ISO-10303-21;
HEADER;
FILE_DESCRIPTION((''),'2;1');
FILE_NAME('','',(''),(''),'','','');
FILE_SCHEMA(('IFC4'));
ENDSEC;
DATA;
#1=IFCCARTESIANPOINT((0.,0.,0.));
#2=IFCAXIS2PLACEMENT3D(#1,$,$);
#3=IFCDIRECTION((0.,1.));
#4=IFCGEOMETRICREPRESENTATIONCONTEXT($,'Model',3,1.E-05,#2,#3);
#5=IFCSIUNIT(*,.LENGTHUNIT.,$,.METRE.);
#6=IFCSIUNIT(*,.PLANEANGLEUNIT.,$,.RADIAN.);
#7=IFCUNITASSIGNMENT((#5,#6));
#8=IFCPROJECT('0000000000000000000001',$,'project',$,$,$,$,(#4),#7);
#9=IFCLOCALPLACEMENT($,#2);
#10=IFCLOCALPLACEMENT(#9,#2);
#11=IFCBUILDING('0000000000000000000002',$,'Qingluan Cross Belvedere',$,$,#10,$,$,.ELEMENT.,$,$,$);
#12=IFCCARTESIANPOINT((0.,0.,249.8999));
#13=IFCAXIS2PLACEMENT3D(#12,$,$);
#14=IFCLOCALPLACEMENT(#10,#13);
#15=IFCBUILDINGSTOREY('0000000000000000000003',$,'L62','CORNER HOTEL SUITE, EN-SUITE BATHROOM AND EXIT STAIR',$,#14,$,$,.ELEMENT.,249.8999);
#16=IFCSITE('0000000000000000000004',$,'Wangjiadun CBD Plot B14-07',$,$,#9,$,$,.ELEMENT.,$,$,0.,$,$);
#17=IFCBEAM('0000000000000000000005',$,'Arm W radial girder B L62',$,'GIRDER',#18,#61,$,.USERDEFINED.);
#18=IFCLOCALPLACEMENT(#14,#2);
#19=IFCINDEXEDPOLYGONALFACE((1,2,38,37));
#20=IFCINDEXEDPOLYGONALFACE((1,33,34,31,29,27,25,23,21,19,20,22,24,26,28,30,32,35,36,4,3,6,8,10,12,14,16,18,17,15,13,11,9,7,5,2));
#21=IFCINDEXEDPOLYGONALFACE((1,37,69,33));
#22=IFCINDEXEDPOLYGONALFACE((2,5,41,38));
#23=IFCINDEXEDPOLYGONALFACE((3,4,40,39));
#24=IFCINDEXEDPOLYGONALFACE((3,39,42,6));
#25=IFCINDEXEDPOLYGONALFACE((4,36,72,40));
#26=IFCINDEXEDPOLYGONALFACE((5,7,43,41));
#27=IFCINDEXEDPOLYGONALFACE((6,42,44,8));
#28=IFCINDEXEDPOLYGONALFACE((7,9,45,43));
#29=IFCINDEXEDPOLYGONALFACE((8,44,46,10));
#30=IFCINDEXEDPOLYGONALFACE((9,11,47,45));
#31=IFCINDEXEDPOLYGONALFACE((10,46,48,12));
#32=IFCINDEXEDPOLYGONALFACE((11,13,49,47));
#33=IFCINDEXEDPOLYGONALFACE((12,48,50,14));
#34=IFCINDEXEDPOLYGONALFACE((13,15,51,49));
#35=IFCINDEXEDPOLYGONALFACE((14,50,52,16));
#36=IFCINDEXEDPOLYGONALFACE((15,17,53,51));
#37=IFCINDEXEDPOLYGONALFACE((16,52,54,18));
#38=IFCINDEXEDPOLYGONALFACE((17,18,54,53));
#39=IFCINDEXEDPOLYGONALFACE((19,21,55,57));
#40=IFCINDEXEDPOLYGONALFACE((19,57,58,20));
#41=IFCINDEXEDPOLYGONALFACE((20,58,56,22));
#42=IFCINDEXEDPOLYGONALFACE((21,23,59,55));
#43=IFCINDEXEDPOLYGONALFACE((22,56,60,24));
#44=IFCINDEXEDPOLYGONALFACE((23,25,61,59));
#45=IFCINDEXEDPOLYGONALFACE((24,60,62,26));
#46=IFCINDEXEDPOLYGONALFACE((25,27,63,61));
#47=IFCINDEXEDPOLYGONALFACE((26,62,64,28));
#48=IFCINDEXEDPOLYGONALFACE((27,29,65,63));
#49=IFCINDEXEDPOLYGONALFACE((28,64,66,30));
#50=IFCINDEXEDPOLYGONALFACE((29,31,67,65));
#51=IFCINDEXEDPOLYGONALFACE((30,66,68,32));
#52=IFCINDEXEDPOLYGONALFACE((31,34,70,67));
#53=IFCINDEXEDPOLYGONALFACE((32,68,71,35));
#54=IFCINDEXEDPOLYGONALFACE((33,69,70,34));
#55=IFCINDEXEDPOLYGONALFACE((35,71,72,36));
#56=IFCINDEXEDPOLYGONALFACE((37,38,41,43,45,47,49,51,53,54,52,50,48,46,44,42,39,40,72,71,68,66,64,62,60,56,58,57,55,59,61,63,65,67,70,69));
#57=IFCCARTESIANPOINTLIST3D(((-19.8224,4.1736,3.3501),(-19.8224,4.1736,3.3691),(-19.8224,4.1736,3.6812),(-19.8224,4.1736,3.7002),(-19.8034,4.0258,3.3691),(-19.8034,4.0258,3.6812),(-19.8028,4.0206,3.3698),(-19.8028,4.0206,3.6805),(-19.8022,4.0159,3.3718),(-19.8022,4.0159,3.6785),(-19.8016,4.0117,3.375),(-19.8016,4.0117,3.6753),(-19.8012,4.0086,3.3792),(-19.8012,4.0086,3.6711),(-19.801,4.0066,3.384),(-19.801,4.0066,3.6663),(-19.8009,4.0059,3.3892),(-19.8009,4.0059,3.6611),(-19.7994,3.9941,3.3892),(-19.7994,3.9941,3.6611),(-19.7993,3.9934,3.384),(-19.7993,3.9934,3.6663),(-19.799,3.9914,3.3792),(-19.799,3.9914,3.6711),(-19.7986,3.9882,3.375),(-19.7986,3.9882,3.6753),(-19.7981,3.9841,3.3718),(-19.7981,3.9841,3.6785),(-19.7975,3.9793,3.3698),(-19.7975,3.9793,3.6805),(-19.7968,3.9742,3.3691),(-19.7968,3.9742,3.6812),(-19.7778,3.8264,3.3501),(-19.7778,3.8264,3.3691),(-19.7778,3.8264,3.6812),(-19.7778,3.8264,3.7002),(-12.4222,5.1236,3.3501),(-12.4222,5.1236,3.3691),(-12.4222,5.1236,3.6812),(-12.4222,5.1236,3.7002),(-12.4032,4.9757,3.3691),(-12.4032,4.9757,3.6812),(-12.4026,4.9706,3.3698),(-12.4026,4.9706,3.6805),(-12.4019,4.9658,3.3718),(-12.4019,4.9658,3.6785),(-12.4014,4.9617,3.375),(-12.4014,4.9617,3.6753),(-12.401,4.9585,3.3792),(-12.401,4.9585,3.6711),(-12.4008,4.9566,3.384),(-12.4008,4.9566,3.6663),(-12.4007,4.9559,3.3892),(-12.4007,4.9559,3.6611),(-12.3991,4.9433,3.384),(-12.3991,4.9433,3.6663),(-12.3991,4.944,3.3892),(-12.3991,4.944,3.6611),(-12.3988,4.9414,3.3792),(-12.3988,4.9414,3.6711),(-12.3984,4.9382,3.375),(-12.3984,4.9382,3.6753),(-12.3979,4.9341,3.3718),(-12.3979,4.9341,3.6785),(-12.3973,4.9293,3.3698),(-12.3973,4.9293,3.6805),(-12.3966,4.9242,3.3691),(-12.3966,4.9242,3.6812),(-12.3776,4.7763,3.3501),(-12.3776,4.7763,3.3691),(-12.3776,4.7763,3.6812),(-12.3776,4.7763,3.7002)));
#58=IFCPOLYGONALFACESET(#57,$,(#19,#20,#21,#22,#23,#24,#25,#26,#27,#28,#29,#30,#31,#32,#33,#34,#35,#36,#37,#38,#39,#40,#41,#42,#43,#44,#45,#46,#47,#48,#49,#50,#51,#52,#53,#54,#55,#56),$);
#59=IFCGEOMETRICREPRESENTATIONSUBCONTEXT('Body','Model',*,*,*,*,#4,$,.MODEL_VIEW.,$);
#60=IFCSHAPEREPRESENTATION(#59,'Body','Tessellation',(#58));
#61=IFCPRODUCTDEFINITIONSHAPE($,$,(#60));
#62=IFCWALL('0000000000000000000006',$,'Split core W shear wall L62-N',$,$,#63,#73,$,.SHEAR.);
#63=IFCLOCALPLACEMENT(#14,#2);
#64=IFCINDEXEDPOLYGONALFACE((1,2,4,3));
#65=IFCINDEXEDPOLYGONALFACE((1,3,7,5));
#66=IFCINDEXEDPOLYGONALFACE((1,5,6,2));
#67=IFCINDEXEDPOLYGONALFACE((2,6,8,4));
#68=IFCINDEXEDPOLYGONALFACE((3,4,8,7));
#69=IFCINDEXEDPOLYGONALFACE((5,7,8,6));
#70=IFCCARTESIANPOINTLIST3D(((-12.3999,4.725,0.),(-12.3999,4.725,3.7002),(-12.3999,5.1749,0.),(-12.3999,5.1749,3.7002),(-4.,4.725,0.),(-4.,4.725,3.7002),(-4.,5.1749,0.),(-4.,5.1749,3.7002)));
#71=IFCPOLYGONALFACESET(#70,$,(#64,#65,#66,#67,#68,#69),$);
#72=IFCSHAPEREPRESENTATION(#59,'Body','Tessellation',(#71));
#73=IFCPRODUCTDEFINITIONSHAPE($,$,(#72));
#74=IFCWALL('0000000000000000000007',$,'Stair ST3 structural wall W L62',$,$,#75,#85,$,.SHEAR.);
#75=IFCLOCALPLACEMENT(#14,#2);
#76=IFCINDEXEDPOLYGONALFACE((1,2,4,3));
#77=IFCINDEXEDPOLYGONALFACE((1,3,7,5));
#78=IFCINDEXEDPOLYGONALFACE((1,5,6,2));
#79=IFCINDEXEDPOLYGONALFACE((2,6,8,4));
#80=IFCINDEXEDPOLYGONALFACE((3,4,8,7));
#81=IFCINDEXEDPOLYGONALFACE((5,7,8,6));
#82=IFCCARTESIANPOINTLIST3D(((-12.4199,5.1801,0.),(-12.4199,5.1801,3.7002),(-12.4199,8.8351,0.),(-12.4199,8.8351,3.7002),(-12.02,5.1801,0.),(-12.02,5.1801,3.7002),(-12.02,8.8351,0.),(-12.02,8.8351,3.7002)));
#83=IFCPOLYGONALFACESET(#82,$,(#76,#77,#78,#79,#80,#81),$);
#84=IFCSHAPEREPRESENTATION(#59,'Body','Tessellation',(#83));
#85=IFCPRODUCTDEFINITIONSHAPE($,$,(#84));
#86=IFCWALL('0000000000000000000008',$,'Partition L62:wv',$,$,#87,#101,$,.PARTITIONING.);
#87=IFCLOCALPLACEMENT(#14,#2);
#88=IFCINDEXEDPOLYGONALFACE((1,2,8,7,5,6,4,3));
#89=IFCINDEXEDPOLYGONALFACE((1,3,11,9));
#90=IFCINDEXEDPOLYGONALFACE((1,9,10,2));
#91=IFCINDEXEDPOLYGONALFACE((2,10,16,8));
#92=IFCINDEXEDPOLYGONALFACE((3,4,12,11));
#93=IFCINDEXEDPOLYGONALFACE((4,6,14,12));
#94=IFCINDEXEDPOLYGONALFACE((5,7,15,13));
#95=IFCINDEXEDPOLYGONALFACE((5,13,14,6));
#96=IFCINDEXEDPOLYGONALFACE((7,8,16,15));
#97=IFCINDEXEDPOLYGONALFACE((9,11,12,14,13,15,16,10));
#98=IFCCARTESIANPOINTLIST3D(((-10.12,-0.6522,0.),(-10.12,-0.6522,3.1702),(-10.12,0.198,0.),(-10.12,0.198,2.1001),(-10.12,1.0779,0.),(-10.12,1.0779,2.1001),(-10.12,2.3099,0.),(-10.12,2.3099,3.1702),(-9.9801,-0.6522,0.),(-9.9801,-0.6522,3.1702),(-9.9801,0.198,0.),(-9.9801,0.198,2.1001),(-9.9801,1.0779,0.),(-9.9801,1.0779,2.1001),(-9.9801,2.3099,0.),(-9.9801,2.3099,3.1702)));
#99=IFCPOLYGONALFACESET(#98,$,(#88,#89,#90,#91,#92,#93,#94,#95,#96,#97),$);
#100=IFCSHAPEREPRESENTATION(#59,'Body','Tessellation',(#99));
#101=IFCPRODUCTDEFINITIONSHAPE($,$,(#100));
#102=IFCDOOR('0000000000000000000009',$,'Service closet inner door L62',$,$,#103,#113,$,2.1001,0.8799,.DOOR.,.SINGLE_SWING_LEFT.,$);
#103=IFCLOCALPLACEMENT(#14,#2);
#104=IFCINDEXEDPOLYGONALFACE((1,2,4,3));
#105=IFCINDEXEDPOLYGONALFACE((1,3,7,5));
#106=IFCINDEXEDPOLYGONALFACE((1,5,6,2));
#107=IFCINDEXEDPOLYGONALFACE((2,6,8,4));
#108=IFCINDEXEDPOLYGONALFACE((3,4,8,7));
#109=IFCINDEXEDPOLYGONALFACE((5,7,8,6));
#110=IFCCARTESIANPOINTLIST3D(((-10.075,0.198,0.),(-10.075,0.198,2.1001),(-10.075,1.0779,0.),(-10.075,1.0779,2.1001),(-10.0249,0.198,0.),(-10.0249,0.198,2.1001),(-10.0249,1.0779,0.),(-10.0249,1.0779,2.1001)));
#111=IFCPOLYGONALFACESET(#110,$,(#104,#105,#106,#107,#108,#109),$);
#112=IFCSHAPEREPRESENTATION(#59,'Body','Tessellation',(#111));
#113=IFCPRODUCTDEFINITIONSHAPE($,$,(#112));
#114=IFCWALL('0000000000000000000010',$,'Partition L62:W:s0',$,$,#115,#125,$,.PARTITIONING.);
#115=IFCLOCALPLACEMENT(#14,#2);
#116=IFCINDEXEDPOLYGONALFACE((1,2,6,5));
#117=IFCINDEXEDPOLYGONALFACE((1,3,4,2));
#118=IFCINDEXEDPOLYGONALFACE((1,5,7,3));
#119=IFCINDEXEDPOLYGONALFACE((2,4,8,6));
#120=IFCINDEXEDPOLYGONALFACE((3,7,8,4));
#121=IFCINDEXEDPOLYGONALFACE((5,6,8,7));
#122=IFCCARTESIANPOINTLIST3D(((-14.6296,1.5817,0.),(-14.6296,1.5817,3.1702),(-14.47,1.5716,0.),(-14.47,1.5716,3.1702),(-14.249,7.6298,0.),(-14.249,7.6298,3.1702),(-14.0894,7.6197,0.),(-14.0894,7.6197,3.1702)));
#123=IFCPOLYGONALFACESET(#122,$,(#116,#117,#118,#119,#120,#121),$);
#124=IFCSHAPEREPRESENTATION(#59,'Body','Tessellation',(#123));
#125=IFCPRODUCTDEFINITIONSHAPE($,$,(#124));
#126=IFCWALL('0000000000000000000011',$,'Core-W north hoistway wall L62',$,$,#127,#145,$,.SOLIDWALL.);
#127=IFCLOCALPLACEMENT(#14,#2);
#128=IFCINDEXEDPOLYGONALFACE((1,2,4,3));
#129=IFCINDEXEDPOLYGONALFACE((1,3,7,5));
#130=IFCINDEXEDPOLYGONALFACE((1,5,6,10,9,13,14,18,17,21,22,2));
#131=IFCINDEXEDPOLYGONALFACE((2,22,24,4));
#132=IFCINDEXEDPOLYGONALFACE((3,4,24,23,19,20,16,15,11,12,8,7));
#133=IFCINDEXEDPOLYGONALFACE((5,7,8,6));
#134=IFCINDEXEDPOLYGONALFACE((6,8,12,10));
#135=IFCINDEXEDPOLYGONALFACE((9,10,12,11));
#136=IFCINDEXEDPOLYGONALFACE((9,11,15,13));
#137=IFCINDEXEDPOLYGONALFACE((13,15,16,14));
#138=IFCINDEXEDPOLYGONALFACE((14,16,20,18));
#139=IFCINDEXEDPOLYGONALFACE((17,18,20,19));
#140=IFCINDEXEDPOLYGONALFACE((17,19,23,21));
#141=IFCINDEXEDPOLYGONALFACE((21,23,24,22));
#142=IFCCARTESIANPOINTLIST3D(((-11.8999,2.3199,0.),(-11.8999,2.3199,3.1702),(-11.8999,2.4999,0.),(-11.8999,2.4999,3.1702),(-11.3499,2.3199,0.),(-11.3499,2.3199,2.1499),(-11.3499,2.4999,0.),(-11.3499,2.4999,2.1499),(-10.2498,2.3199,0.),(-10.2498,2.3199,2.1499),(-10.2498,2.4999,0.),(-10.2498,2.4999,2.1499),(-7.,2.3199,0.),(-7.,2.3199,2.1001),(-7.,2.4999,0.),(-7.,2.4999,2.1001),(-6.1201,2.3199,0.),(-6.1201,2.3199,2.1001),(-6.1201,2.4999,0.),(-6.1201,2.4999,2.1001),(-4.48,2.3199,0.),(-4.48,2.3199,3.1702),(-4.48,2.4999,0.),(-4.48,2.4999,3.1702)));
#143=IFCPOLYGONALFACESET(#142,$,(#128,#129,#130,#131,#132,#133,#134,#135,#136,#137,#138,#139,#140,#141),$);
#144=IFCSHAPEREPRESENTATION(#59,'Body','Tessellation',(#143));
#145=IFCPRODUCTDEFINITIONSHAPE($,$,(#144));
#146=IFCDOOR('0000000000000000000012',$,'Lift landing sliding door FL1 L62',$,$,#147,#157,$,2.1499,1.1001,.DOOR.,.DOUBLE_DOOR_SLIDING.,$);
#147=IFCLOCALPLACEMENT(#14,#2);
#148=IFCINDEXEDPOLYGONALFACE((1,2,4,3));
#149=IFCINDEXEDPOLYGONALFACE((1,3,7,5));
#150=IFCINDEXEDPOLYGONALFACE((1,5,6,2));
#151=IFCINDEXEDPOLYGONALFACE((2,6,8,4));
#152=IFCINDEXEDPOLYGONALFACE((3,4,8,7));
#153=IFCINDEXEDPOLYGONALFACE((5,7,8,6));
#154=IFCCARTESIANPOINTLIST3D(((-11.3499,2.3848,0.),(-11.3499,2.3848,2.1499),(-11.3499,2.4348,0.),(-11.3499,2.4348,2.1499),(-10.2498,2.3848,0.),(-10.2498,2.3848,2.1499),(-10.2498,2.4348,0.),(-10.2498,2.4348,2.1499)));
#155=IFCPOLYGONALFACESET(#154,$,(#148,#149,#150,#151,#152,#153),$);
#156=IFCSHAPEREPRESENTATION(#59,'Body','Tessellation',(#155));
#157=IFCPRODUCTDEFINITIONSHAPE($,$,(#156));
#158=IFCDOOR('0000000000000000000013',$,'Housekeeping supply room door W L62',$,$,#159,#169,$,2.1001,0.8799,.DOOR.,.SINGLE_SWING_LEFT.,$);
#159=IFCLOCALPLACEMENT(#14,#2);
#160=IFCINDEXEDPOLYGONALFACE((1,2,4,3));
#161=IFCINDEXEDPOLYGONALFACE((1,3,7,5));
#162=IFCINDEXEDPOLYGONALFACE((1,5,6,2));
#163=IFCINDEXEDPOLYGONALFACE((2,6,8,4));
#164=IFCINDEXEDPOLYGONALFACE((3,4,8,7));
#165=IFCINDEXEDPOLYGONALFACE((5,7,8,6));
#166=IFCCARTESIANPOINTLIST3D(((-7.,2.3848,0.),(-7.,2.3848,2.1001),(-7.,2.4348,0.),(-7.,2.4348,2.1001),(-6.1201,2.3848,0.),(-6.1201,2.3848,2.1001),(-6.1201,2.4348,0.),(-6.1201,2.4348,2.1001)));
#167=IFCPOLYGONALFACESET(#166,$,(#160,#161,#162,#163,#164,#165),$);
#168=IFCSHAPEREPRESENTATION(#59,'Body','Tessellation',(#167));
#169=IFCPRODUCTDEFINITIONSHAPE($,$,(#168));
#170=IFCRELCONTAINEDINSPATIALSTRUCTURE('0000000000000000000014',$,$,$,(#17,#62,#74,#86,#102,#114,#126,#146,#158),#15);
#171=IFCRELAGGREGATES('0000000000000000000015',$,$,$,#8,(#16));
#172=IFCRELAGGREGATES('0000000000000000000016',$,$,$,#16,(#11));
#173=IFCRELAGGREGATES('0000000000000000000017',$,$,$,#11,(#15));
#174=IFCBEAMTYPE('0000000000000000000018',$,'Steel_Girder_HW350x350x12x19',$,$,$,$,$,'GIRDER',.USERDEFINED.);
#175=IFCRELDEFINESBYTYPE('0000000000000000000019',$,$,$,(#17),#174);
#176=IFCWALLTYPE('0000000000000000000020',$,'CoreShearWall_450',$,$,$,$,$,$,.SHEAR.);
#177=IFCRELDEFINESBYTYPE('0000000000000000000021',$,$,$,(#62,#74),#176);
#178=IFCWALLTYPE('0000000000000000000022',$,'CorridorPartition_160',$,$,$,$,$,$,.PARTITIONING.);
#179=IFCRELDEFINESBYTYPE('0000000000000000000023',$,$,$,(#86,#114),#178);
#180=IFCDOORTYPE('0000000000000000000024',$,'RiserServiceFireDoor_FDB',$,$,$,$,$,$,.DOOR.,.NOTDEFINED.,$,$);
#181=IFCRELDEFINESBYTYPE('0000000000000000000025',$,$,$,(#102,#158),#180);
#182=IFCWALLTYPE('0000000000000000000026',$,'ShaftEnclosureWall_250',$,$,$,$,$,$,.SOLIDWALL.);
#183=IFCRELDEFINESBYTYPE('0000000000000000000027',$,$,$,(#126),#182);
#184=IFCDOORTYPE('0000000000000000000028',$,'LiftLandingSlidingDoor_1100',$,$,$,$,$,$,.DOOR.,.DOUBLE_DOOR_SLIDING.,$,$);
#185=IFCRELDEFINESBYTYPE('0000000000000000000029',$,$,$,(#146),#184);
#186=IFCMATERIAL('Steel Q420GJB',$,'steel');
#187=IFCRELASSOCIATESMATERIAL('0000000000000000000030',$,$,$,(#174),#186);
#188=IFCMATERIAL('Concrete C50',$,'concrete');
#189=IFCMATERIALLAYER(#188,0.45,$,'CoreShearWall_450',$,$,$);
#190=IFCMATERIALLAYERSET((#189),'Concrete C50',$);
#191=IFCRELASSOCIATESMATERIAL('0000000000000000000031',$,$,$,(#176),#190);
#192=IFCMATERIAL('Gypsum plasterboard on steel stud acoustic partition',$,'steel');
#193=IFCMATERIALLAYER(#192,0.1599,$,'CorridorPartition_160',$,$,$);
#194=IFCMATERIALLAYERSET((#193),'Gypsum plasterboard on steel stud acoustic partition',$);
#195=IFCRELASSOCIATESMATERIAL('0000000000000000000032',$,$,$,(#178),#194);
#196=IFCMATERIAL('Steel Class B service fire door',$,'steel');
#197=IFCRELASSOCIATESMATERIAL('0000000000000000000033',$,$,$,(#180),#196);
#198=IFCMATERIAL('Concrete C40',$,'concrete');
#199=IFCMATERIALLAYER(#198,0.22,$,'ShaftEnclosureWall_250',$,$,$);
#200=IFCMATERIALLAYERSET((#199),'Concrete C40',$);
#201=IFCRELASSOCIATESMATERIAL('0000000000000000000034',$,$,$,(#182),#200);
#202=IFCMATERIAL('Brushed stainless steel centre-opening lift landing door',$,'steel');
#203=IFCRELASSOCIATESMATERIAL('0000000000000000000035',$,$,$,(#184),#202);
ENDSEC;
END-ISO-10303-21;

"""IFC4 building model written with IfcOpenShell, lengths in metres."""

from ifc_helpers import new_model, si_unit, direction, frame, frame_2d, origin, origin_2d, place, context, subcontext, project, spatial, rectangle, i_section, extrude, material, layer, layer_set, material_profile, profile_set, type_object, element, fill, save


model = new_model("IFC4")

# Units and contexts
model_context = context("Model", 3, precision=1e-05, world=origin(), true_north=direction((0.0, 1.0)))
body_context = subcontext(model_context, "Body", "Model", "MODEL_VIEW")
ifc_project = project(units=[si_unit("LENGTHUNIT", "METRE"), si_unit("PLANEANGLEUNIT", "RADIAN")], contexts=[model_context])

# Site, building, storey
site_placement = place(None, origin())
site = spatial("IfcSite", under=ifc_project, at=site_placement, Name="Wangjiadun CBD Plot B14-07", CompositionType="ELEMENT", RefElevation=0.0)
building_placement = place(site_placement, origin())
building = spatial("IfcBuilding", under=site, at=building_placement, Name="Qingluan Cross Belvedere", CompositionType="ELEMENT")
storey_placement = place(building_placement, frame((0.0, 0.0, 249.8999)))
storey = spatial("IfcBuildingStorey", under=building, at=storey_placement, Name="L62", Description="CORNER HOTEL SUITE, EN-SUITE BATHROOM AND EXIT STAIR", CompositionType="ELEMENT", Elevation=249.8999)

# Beam
ifc_material_1 = material(Name="Steel Q420GJB", Category="steel")
ifc_material_profile_1 = material_profile(ifc_material_1, i_section(OverallWidth=0.3501, OverallDepth=0.3501, WebThickness=0.012, FlangeThickness=0.019, FilletRadius=0.02, at=origin_2d()), Name="HW350x350x12x19")
ifc_profile_set_1 = profile_set([ifc_material_profile_1], Name="Steel Q420GJB")
beam_type_1 = type_object("IfcBeamType", Name="Steel_Girder_HW350x350x12x19", ElementType="GIRDER", PredefinedType="USERDEFINED", material=ifc_profile_set_1)
beam_1_placement = place(storey_placement, frame((-12.3999, 4.95, 3.5251), z_axis=(-0.991861, -0.127324, 0.0), x_axis=(0.127324, -0.991861, 0.0)))
element("IfcBeam", 1, at=beam_1_placement, inside=storey, type_object=beam_type_1, Name="Arm W radial girder B L62", ObjectType="GIRDER", PredefinedType="USERDEFINED", context=body_context, shape_type="SweptSolid", body=[
    extrude(i_section(OverallWidth=0.3501, OverallDepth=0.3501, WebThickness=0.012, FlangeThickness=0.019, FilletRadius=0.02, at=origin_2d()), origin(), (0.0, 0.0, 1.0), 7.4609),
])

# Walls
ifc_material_2 = material(Name="Concrete C50", Category="concrete")
ifc_layer_1 = layer(ifc_material_2, 0.45, Name="CoreShearWall_450")
ifc_layer_set_1 = layer_set([ifc_layer_1], Name="Concrete C50")
wall_type_1 = type_object("IfcWallType", Name="CoreShearWall_450", PredefinedType="SHEAR", material=ifc_layer_set_1)
wall_1_placement = place(storey_placement, frame((-12.3999, 4.95, 0.0), z_axis=(0.0, 0.0, 1.0), x_axis=(1.0, 0.0, 0.0)))
element("IfcWall", 2, at=wall_1_placement, inside=storey, type_object=wall_type_1, Name="Split core W shear wall L62-N", PredefinedType="SHEAR", context=body_context, shape_type="SweptSolid", body=[
    extrude(rectangle(XDim=8.3999, YDim=0.45, at=frame_2d((4.2, 0.0))), origin(), (0.0, 0.0, 1.0), 3.7002),
])
wall_2_placement = place(storey_placement, frame((-12.22, 5.1799, 0.0), z_axis=(0.0, 0.0, 1.0), x_axis=(0.0, 1.0, 0.0)))
element("IfcWall", 3, at=wall_2_placement, inside=storey, type_object=wall_type_1, Name="Stair ST3 structural wall W L62", PredefinedType="SHEAR", context=body_context, shape_type="SweptSolid", body=[
    extrude(rectangle(XDim=3.655, YDim=0.3999, at=frame_2d((1.8276, 0.0))), origin(), (0.0, 0.0, 1.0), 3.7002),
])

# Wall, opening, door
ifc_material_3 = material(Name="Gypsum plasterboard on steel stud acoustic partition", Category="steel")
ifc_layer_2 = layer(ifc_material_3, 0.1599, Name="CorridorPartition_160")
ifc_layer_set_2 = layer_set([ifc_layer_2], Name="Gypsum plasterboard on steel stud acoustic partition")
wall_type_2 = type_object("IfcWallType", Name="CorridorPartition_160", PredefinedType="PARTITIONING", material=ifc_layer_set_2)
wall_3_placement = place(storey_placement, frame((-10.05, -0.6521, 0.0), z_axis=(0.0, 0.0, 1.0), x_axis=(0.0, 1.0, 0.0)))
wall_3 = element("IfcWall", 4, at=wall_3_placement, inside=storey, type_object=wall_type_2, Name="Partition L62:wv", PredefinedType="PARTITIONING", context=body_context, shape_type="SweptSolid", body=[
    extrude(rectangle(XDim=2.9622, YDim=0.1399, at=frame_2d((1.481, 0.0))), origin(), (0.0, 0.0, 1.0), 3.1702),
])
opening_1_placement = place(wall_3_placement, frame((0.8501, 0.0, 0.0)))
opening_1 = element("IfcOpeningElement", 5, at=opening_1_placement, cuts=wall_3, PredefinedType="OPENING", context=body_context, shape_type="SweptSolid", body=[
    extrude(rectangle(XDim=0.8799, YDim=2.1001, at=frame_2d((0.4399, 1.05))), frame((0.0, 0.0798, 0.0), z_axis=(0.0, -1.0, 0.0), x_axis=(1.0, 0.0, 0.0)), (0.0, 0.0, 1.0), 0.1599),
])
ifc_material_4 = material(Name="Steel Class B service fire door", Category="steel")
door_type_1 = type_object("IfcDoorType", Name="RiserServiceFireDoor_FDB", OperationType="NOTDEFINED", PredefinedType="DOOR", material=ifc_material_4)
door_1_placement = place(opening_1_placement, origin())
door_1 = element("IfcDoor", 6, at=door_1_placement, inside=storey, type_object=door_type_1, Name="Service closet inner door L62", OperationType="SINGLE_SWING_LEFT", OverallHeight=2.1001, OverallWidth=0.8799, PredefinedType="DOOR", context=body_context, shape_type="SweptSolid", body=[
    extrude(rectangle(XDim=0.8799, YDim=2.1001, at=frame_2d((0.4399, 1.05))), frame((0.0, 0.0249, 0.0), z_axis=(0.0, -1.0, 0.0), x_axis=(1.0, 0.0, 0.0)), (0.0, 0.0, 1.0), 0.05),
])
fill(opening_1, door_1)

# Wall
wall_4_placement = place(storey_placement, frame((-14.5498, 1.5767, 0.0), z_axis=(0.0, 0.0, 1.0), x_axis=(0.062807, 0.998026, 0.0)))
element("IfcWall", 7, at=wall_4_placement, inside=storey, type_object=wall_type_2, Name="Partition L62:W:s0", PredefinedType="PARTITIONING", context=body_context, shape_type="SweptSolid", body=[
    extrude(rectangle(XDim=6.0601, YDim=0.1599, at=frame_2d((3.03, 0.0))), origin(), (0.0, 0.0, 1.0), 3.1702),
])

# Wall, openings, doors
ifc_material_5 = material(Name="Concrete C40", Category="concrete")
ifc_layer_3 = layer(ifc_material_5, 0.22, Name="ShaftEnclosureWall_250")
ifc_layer_set_3 = layer_set([ifc_layer_3], Name="Concrete C40")
wall_type_3 = type_object("IfcWallType", Name="ShaftEnclosureWall_250", PredefinedType="SOLIDWALL", material=ifc_layer_set_3)
wall_5_placement = place(storey_placement, frame((-11.8999, 2.4099, 0.0), z_axis=(0.0, 0.0, 1.0), x_axis=(1.0, 0.0, 0.0)))
wall_5 = element("IfcWall", 8, at=wall_5_placement, inside=storey, type_object=wall_type_3, Name="Core-W north hoistway wall L62", PredefinedType="SOLIDWALL", context=body_context, shape_type="SweptSolid", body=[
    extrude(rectangle(XDim=7.4199, YDim=0.1799, at=frame_2d((3.71, 0.0))), origin(), (0.0, 0.0, 1.0), 3.1702),
])
opening_2_placement = place(wall_5_placement, frame((0.55, 0.0, 0.0)))
opening_2 = element("IfcOpeningElement", 9, at=opening_2_placement, cuts=wall_5, PredefinedType="OPENING", context=body_context, shape_type="SweptSolid", body=[
    extrude(rectangle(XDim=1.1001, YDim=2.1499, at=frame_2d((0.55, 1.075))), frame((0.0, 0.0999, 0.0), z_axis=(0.0, -1.0, 0.0), x_axis=(1.0, 0.0, 0.0)), (0.0, 0.0, 1.0), 0.2),
])
opening_3_placement = place(wall_5_placement, frame((4.8999, 0.0, 0.0)))
opening_3 = element("IfcOpeningElement", 10, at=opening_3_placement, cuts=wall_5, PredefinedType="OPENING", context=body_context, shape_type="SweptSolid", body=[
    extrude(rectangle(XDim=0.8799, YDim=2.1001, at=frame_2d((0.4399, 1.05))), frame((0.0, 0.0999, 0.0), z_axis=(0.0, -1.0, 0.0), x_axis=(1.0, 0.0, 0.0)), (0.0, 0.0, 1.0), 0.2),
])
ifc_material_6 = material(Name="Brushed stainless steel centre-opening lift landing door", Category="steel")
door_type_2 = type_object("IfcDoorType", Name="LiftLandingSlidingDoor_1100", OperationType="DOUBLE_DOOR_SLIDING", PredefinedType="DOOR", material=ifc_material_6)
door_2_placement = place(opening_2_placement, origin())
door_2 = element("IfcDoor", 11, at=door_2_placement, inside=storey, type_object=door_type_2, Name="Lift landing sliding door FL1 L62", OperationType="DOUBLE_DOOR_SLIDING", OverallHeight=2.1499, OverallWidth=1.1001, PredefinedType="DOOR", context=body_context, shape_type="SweptSolid", body=[
    extrude(rectangle(XDim=1.1001, YDim=2.1499, at=frame_2d((0.55, 1.075))), frame((0.0, 0.0249, 0.0), z_axis=(0.0, -1.0, 0.0), x_axis=(1.0, 0.0, 0.0)), (0.0, 0.0, 1.0), 0.05),
])
fill(opening_2, door_2)
door_3_placement = place(opening_3_placement, origin())
door_3 = element("IfcDoor", 12, at=door_3_placement, inside=storey, type_object=door_type_1, Name="Housekeeping supply room door W L62", OperationType="SINGLE_SWING_LEFT", OverallHeight=2.1001, OverallWidth=0.8799, PredefinedType="DOOR", context=body_context, shape_type="SweptSolid", body=[
    extrude(rectangle(XDim=0.8799, YDim=2.1001, at=frame_2d((0.4399, 1.05))), frame((0.0, 0.0249, 0.0), z_axis=(0.0, -1.0, 0.0), x_axis=(1.0, 0.0, 0.0)), (0.0, 0.0, 1.0), 0.05),
])
fill(opening_3, door_3)

save(model, "model.ifc")
